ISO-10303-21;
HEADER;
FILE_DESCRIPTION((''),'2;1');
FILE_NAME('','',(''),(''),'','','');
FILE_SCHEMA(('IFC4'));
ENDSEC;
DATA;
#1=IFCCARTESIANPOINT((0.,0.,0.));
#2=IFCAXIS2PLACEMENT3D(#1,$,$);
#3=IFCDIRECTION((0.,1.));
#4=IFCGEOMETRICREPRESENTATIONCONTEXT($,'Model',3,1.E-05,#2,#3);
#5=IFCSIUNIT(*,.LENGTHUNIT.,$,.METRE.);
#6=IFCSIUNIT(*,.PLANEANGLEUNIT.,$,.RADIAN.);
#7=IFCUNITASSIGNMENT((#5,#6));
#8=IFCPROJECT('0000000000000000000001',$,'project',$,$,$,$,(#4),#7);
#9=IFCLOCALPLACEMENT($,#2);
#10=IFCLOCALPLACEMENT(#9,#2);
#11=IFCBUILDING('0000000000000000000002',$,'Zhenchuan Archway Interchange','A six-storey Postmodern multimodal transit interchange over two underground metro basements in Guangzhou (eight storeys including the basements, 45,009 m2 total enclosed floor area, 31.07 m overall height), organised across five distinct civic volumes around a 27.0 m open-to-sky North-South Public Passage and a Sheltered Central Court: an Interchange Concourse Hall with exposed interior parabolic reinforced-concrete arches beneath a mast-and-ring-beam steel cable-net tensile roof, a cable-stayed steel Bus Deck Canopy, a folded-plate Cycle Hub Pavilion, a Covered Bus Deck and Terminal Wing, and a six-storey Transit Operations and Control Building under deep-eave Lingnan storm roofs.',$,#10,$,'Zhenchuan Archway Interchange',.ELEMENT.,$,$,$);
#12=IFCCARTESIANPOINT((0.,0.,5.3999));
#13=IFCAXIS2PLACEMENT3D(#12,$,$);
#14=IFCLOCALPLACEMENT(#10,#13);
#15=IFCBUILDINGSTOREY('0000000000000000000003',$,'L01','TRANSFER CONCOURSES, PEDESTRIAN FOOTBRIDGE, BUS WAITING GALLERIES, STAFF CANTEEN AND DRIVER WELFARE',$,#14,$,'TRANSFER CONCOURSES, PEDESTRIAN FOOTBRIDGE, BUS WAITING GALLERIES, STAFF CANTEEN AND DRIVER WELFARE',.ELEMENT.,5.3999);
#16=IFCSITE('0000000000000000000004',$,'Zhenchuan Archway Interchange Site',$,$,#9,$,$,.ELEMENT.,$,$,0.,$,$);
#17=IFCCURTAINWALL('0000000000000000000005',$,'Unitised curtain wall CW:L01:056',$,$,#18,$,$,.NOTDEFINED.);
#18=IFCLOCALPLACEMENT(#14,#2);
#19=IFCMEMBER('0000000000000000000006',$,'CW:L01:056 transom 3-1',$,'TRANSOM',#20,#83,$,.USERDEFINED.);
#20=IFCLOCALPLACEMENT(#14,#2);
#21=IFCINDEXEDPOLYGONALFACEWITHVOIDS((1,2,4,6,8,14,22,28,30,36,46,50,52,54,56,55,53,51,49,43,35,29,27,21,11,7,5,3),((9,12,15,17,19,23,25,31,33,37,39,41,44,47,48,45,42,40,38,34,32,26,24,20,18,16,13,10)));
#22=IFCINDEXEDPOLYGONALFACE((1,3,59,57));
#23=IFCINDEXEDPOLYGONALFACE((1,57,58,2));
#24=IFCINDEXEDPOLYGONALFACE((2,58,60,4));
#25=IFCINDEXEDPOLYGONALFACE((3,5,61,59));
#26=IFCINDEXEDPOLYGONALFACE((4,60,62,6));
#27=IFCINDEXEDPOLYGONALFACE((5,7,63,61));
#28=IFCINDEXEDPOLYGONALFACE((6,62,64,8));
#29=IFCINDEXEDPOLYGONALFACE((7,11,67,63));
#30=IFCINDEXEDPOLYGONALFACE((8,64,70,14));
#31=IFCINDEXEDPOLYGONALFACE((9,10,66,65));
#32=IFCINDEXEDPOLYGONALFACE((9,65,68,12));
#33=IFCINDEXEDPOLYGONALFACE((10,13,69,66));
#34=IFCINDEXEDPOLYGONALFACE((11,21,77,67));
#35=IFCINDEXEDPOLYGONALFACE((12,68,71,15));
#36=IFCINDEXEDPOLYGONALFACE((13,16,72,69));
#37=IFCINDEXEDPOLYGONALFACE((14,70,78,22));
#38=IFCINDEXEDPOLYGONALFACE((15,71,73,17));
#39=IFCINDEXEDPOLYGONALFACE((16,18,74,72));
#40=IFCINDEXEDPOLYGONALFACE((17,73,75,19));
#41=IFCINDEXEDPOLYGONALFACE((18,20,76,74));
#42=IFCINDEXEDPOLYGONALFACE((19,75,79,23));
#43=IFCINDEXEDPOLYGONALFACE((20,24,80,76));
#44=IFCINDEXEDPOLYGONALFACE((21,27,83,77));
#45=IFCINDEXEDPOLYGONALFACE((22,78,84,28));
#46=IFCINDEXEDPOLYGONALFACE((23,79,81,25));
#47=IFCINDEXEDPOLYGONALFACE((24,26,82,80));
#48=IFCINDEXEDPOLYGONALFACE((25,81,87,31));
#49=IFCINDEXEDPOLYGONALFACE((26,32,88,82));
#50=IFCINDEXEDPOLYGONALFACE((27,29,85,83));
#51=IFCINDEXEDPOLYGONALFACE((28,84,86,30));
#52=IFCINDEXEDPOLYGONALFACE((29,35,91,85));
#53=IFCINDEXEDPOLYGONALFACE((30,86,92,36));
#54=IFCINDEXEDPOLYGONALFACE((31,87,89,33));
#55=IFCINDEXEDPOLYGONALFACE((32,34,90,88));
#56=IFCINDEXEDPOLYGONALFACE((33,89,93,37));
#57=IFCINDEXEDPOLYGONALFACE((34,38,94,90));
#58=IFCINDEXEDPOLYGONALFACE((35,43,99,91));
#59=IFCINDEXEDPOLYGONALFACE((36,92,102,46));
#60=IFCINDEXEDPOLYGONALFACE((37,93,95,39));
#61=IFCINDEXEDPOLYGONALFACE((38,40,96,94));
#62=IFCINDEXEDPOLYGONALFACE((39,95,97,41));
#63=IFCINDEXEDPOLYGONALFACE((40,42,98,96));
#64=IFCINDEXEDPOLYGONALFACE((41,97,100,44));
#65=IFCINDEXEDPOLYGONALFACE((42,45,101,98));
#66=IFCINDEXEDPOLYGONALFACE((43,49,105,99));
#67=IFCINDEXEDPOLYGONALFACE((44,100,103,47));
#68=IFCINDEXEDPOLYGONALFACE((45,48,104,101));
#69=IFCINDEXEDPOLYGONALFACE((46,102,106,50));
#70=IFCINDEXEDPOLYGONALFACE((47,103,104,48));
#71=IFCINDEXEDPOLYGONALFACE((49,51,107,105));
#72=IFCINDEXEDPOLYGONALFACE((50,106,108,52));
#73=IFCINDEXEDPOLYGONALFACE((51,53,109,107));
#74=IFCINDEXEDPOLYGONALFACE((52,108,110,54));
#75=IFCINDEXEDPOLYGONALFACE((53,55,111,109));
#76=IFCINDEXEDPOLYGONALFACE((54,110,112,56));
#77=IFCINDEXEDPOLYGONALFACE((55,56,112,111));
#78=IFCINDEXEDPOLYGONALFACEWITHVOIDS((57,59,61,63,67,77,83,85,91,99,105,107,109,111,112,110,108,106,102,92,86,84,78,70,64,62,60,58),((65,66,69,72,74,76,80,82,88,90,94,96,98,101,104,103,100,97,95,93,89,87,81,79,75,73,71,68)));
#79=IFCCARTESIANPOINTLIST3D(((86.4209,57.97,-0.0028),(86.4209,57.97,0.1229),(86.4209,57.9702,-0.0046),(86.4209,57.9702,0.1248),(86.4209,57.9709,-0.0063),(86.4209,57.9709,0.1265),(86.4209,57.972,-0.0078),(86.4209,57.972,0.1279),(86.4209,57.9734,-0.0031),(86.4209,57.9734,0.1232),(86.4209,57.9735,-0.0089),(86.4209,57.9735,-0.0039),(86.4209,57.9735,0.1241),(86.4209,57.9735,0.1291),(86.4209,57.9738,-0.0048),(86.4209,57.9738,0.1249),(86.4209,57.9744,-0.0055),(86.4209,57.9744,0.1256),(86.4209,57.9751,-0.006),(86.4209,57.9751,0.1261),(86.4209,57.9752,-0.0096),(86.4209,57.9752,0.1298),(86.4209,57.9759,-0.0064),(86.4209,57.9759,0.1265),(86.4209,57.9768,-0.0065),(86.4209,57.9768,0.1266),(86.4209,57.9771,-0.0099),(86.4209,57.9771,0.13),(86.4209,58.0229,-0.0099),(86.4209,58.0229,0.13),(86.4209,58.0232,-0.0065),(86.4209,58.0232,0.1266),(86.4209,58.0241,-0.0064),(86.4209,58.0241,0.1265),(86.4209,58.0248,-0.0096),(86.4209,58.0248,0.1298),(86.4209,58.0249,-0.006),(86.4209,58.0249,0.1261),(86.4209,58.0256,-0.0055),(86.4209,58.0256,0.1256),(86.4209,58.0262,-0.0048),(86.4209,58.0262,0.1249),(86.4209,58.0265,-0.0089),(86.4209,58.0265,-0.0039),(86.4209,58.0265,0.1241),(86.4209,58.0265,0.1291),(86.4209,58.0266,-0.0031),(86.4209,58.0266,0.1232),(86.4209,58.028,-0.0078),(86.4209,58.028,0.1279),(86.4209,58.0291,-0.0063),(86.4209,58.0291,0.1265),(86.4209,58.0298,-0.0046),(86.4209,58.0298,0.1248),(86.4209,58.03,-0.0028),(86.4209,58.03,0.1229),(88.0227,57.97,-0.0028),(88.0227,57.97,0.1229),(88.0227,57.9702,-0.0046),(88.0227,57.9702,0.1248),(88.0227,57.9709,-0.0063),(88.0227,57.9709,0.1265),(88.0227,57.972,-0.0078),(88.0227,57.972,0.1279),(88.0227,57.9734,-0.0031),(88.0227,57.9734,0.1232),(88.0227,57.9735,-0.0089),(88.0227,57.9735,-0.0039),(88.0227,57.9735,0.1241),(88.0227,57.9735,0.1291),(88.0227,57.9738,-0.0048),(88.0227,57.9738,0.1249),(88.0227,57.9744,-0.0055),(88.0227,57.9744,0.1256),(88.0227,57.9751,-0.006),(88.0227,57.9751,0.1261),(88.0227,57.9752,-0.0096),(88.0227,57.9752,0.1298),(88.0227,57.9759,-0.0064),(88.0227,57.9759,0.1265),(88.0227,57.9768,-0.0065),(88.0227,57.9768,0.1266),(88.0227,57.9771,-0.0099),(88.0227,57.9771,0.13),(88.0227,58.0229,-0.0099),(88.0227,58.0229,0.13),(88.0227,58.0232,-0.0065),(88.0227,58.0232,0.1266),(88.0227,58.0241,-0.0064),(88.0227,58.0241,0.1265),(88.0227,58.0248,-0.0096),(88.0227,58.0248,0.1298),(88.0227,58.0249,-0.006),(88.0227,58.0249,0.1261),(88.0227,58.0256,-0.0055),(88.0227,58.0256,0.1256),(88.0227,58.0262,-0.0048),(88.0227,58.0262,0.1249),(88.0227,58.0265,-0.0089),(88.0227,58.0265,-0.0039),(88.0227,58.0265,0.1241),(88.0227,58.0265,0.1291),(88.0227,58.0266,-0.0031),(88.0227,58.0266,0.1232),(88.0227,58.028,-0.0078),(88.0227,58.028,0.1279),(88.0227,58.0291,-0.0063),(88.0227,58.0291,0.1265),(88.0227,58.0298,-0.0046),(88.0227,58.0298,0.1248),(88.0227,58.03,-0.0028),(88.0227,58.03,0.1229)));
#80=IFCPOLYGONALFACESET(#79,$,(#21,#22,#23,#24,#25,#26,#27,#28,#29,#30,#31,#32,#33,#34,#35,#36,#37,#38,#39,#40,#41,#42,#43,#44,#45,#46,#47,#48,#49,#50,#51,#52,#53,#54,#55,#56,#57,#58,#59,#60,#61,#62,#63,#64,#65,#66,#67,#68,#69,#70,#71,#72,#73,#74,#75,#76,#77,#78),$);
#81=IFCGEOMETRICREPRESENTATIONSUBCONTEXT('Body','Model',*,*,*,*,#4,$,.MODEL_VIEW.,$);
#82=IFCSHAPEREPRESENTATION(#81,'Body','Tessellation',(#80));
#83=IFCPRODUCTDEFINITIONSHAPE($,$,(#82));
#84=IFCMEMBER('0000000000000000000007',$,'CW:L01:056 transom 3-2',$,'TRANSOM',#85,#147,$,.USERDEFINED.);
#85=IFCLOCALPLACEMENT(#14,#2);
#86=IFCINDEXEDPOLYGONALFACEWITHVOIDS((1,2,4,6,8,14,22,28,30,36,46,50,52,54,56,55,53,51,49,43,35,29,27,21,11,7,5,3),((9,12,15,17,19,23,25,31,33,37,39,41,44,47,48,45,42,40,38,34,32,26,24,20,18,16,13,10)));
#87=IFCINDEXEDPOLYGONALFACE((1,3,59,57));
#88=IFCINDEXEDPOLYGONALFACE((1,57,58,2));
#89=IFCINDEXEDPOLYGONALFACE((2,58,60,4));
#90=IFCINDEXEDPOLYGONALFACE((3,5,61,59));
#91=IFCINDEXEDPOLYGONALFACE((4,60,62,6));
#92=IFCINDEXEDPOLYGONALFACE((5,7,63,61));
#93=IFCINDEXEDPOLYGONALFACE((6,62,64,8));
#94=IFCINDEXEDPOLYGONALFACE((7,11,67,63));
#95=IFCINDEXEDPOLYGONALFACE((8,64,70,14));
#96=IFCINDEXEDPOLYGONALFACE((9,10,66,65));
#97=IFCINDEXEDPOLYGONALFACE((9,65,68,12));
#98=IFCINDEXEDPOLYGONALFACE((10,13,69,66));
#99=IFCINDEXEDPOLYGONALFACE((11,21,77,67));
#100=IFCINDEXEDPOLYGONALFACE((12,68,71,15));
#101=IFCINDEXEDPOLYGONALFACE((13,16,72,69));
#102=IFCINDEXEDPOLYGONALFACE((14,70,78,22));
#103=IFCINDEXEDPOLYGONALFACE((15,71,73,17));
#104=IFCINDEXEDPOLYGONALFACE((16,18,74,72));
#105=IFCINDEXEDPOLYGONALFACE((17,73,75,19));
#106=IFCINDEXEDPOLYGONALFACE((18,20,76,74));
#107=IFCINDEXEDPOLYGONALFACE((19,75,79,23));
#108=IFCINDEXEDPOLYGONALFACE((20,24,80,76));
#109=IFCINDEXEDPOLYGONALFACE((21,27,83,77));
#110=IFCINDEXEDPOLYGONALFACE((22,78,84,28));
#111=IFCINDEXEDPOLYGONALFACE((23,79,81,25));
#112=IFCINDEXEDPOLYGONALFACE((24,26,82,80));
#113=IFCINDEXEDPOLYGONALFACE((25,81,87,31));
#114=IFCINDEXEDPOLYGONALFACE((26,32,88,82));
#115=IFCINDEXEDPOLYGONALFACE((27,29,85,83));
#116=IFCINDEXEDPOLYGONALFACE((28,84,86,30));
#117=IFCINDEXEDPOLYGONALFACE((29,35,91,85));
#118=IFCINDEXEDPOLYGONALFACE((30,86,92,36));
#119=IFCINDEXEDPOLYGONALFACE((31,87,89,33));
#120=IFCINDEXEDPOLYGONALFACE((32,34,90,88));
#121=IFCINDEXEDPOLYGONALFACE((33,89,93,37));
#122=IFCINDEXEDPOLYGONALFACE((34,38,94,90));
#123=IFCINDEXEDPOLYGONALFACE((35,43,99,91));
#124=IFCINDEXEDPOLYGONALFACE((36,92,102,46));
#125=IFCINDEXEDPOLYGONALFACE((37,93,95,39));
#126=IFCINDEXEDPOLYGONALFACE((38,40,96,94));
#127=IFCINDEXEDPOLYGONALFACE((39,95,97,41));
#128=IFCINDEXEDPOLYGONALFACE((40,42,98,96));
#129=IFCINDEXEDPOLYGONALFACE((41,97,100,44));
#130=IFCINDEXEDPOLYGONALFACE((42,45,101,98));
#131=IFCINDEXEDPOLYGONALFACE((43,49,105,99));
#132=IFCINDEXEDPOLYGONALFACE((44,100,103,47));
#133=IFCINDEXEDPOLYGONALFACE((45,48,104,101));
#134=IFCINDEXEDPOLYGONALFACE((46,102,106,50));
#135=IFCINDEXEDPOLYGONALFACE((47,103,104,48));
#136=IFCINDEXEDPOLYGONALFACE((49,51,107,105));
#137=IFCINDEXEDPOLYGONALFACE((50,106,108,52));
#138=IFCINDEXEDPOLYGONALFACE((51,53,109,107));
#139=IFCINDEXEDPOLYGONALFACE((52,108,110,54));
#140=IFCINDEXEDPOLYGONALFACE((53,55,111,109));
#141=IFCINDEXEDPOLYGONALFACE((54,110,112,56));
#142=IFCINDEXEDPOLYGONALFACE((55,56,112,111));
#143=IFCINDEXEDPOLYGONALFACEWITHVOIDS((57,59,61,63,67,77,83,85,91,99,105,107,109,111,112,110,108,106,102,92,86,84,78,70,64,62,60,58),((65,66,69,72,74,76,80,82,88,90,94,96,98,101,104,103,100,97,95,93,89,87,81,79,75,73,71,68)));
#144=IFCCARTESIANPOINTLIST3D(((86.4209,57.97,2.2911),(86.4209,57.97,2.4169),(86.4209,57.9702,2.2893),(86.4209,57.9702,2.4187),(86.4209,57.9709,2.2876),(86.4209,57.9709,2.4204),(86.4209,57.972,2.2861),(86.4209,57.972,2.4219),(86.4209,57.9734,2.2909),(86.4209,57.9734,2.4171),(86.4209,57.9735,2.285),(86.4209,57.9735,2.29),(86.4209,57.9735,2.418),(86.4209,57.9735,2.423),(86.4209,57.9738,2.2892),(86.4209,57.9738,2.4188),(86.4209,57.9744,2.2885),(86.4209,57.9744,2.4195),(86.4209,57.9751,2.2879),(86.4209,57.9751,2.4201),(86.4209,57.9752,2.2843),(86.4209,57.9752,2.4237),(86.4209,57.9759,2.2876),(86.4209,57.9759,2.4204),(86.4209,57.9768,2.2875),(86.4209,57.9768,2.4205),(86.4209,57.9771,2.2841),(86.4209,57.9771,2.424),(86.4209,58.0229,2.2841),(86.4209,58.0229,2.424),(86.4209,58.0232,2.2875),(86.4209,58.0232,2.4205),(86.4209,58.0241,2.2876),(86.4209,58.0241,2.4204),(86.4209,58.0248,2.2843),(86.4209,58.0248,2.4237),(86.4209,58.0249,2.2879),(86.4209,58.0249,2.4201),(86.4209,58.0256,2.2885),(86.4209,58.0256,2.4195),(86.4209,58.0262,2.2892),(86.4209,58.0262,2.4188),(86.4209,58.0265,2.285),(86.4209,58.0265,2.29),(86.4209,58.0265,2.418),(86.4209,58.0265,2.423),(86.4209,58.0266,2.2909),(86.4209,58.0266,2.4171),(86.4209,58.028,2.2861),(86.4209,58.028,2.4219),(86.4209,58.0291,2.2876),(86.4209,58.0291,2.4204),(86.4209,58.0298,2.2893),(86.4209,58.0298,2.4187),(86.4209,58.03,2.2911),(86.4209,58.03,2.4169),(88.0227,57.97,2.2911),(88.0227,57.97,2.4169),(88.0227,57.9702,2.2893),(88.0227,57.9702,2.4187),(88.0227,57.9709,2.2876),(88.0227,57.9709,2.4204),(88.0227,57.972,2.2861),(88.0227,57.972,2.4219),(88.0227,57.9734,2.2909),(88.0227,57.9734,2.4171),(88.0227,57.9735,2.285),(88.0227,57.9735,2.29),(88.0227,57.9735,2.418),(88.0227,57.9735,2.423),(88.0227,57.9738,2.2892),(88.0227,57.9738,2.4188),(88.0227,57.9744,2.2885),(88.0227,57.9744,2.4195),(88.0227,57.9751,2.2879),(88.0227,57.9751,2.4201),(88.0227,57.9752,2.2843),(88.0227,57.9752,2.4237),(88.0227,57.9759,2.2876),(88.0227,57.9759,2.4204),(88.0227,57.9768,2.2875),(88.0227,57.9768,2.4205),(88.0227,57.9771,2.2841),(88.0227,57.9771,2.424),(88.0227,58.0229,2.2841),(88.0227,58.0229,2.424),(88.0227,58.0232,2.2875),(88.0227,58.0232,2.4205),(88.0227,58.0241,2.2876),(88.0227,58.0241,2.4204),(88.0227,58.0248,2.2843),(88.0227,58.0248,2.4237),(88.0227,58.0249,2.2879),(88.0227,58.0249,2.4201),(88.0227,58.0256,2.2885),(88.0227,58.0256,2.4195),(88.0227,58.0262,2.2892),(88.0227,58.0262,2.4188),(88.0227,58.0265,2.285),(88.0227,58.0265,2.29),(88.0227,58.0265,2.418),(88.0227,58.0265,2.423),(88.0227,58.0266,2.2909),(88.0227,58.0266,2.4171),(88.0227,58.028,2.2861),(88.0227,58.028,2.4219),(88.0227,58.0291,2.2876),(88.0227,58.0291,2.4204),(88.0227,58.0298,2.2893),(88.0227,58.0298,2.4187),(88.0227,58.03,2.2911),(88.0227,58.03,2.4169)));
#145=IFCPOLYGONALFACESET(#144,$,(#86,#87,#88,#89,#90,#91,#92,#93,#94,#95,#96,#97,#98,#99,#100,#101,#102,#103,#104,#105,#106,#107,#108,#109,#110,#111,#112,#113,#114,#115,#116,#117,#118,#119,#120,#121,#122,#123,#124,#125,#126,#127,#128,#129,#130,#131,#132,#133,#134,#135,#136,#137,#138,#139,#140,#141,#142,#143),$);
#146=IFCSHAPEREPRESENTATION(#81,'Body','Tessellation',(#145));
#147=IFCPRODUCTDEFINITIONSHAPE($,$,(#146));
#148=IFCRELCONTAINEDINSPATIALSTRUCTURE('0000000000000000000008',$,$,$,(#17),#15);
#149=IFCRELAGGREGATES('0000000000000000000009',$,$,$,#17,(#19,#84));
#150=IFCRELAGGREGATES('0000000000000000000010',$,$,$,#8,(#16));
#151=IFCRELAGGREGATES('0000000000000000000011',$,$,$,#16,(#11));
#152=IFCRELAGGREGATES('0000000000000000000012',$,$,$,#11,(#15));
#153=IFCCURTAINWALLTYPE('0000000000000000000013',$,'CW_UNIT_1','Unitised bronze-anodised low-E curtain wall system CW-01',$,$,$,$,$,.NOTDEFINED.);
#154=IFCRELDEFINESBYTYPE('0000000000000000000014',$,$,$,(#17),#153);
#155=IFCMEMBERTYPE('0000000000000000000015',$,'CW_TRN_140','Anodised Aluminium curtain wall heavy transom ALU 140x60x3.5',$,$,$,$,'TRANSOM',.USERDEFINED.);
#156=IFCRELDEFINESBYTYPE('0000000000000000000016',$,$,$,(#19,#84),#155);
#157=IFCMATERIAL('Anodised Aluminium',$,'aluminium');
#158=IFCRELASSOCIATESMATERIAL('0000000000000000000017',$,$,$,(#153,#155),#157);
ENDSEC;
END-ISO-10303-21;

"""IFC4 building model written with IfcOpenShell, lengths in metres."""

from ifc_helpers import new_model, si_unit, direction, frame, origin, origin_2d, place, context, subcontext, project, spatial, hollow_rectangle, extrude, material, material_profile, profile_set, type_object, element, aggregate, save


model = new_model("IFC4")

# Units and contexts
model_context = context("Model", 3, precision=1e-05, world=origin(), true_north=direction((0.0, 1.0)))
body_context = subcontext(model_context, "Body", "Model", "MODEL_VIEW")
ifc_project = project(units=[si_unit("LENGTHUNIT", "METRE"), si_unit("PLANEANGLEUNIT", "RADIAN")], contexts=[model_context])

# Site, building, storey
site_placement = place(None, origin())
site = spatial("IfcSite", under=ifc_project, at=site_placement, Name="Zhenchuan Archway Interchange Site", CompositionType="ELEMENT", RefElevation=0.0)
building_placement = place(site_placement, origin())
building = spatial("IfcBuilding", under=site, at=building_placement, Name="Zhenchuan Archway Interchange", Description="A six-storey Postmodern multimodal transit interchange over two underground metro basements in Guangzhou (eight storeys including the basements, 45,009 m2 total enclosed floor area, 31.07 m overall height), organised across five distinct civic volumes around a 27.0 m open-to-sky North-South Public Passage and a Sheltered Central Court: an Interchange Concourse Hall with exposed interior parabolic reinforced-concrete arches beneath a mast-and-ring-beam steel cable-net tensile roof, a cable-stayed steel Bus Deck Canopy, a folded-plate Cycle Hub Pavilion, a Covered Bus Deck and Terminal Wing, and a six-storey Transit Operations and Control Building under deep-eave Lingnan storm roofs.", LongName="Zhenchuan Archway Interchange", CompositionType="ELEMENT")
storey_placement = place(building_placement, frame((0.0, 0.0, 5.3999)))
storey = spatial("IfcBuildingStorey", under=building, at=storey_placement, Name="L01", Description="TRANSFER CONCOURSES, PEDESTRIAN FOOTBRIDGE, BUS WAITING GALLERIES, STAFF CANTEEN AND DRIVER WELFARE", LongName="TRANSFER CONCOURSES, PEDESTRIAN FOOTBRIDGE, BUS WAITING GALLERIES, STAFF CANTEEN AND DRIVER WELFARE", CompositionType="ELEMENT", Elevation=5.3999)

# Curtain wall
ifc_material_1 = material(Name="Anodised Aluminium", Category="aluminium")
curtain_wall_type_1 = type_object("IfcCurtainWallType", Name="CW_UNIT_1", Description="Unitised bronze-anodised low-E curtain wall system CW-01", PredefinedType="NOTDEFINED", material=ifc_material_1)
curtain_wall_1_placement = place(storey_placement, origin())
curtain_wall_1 = element("IfcCurtainWall", 1, at=curtain_wall_1_placement, inside=storey, type_object=curtain_wall_type_1, Name="Unitised curtain wall CW:L01:056", PredefinedType="NOTDEFINED")

# Members
ifc_material_profile_1 = material_profile(ifc_material_1, hollow_rectangle(XDim=0.0601, YDim=0.1399, WallThickness=0.0034, InnerFilletRadius=0.0034, OuterFilletRadius=0.0071, at=origin_2d()), Name="ALU 140x60x3.5")
ifc_profile_set_1 = profile_set([ifc_material_profile_1], Name="Anodised Aluminium")
member_type_1 = type_object("IfcMemberType", Name="CW_TRN_140", Description="Anodised Aluminium curtain wall heavy transom ALU 140x60x3.5", ElementType="TRANSOM", PredefinedType="USERDEFINED", material=ifc_profile_set_1)
member_1_placement = place(storey_placement, frame((86.4209, 58.0, 0.0601), z_axis=(1.0, 0.0, 0.0), x_axis=(0.0, 1.0, 0.0)))
member_1 = element("IfcMember", 2, at=member_1_placement, type_object=member_type_1, Name="CW:L01:056 transom 3-1", ObjectType="TRANSOM", PredefinedType="USERDEFINED", context=body_context, shape_type="SweptSolid", body=[
    extrude(hollow_rectangle(XDim=0.0601, YDim=0.1399, WallThickness=0.0034, InnerFilletRadius=0.0034, OuterFilletRadius=0.0071, at=origin_2d()), origin(), (0.0, 0.0, 1.0), 1.6018),
])
member_2_placement = place(storey_placement, frame((86.4209, 58.0, 2.354), z_axis=(1.0, 0.0, 0.0), x_axis=(0.0, 1.0, 0.0)))
member_2 = element("IfcMember", 3, at=member_2_placement, type_object=member_type_1, Name="CW:L01:056 transom 3-2", ObjectType="TRANSOM", PredefinedType="USERDEFINED", context=body_context, shape_type="SweptSolid", body=[
    extrude(hollow_rectangle(XDim=0.0601, YDim=0.1399, WallThickness=0.0034, InnerFilletRadius=0.0034, OuterFilletRadius=0.0071, at=origin_2d()), origin(), (0.0, 0.0, 1.0), 1.6018),
])

aggregate(curtain_wall_1, [member_1, member_2])

save(model, "model.ifc")
